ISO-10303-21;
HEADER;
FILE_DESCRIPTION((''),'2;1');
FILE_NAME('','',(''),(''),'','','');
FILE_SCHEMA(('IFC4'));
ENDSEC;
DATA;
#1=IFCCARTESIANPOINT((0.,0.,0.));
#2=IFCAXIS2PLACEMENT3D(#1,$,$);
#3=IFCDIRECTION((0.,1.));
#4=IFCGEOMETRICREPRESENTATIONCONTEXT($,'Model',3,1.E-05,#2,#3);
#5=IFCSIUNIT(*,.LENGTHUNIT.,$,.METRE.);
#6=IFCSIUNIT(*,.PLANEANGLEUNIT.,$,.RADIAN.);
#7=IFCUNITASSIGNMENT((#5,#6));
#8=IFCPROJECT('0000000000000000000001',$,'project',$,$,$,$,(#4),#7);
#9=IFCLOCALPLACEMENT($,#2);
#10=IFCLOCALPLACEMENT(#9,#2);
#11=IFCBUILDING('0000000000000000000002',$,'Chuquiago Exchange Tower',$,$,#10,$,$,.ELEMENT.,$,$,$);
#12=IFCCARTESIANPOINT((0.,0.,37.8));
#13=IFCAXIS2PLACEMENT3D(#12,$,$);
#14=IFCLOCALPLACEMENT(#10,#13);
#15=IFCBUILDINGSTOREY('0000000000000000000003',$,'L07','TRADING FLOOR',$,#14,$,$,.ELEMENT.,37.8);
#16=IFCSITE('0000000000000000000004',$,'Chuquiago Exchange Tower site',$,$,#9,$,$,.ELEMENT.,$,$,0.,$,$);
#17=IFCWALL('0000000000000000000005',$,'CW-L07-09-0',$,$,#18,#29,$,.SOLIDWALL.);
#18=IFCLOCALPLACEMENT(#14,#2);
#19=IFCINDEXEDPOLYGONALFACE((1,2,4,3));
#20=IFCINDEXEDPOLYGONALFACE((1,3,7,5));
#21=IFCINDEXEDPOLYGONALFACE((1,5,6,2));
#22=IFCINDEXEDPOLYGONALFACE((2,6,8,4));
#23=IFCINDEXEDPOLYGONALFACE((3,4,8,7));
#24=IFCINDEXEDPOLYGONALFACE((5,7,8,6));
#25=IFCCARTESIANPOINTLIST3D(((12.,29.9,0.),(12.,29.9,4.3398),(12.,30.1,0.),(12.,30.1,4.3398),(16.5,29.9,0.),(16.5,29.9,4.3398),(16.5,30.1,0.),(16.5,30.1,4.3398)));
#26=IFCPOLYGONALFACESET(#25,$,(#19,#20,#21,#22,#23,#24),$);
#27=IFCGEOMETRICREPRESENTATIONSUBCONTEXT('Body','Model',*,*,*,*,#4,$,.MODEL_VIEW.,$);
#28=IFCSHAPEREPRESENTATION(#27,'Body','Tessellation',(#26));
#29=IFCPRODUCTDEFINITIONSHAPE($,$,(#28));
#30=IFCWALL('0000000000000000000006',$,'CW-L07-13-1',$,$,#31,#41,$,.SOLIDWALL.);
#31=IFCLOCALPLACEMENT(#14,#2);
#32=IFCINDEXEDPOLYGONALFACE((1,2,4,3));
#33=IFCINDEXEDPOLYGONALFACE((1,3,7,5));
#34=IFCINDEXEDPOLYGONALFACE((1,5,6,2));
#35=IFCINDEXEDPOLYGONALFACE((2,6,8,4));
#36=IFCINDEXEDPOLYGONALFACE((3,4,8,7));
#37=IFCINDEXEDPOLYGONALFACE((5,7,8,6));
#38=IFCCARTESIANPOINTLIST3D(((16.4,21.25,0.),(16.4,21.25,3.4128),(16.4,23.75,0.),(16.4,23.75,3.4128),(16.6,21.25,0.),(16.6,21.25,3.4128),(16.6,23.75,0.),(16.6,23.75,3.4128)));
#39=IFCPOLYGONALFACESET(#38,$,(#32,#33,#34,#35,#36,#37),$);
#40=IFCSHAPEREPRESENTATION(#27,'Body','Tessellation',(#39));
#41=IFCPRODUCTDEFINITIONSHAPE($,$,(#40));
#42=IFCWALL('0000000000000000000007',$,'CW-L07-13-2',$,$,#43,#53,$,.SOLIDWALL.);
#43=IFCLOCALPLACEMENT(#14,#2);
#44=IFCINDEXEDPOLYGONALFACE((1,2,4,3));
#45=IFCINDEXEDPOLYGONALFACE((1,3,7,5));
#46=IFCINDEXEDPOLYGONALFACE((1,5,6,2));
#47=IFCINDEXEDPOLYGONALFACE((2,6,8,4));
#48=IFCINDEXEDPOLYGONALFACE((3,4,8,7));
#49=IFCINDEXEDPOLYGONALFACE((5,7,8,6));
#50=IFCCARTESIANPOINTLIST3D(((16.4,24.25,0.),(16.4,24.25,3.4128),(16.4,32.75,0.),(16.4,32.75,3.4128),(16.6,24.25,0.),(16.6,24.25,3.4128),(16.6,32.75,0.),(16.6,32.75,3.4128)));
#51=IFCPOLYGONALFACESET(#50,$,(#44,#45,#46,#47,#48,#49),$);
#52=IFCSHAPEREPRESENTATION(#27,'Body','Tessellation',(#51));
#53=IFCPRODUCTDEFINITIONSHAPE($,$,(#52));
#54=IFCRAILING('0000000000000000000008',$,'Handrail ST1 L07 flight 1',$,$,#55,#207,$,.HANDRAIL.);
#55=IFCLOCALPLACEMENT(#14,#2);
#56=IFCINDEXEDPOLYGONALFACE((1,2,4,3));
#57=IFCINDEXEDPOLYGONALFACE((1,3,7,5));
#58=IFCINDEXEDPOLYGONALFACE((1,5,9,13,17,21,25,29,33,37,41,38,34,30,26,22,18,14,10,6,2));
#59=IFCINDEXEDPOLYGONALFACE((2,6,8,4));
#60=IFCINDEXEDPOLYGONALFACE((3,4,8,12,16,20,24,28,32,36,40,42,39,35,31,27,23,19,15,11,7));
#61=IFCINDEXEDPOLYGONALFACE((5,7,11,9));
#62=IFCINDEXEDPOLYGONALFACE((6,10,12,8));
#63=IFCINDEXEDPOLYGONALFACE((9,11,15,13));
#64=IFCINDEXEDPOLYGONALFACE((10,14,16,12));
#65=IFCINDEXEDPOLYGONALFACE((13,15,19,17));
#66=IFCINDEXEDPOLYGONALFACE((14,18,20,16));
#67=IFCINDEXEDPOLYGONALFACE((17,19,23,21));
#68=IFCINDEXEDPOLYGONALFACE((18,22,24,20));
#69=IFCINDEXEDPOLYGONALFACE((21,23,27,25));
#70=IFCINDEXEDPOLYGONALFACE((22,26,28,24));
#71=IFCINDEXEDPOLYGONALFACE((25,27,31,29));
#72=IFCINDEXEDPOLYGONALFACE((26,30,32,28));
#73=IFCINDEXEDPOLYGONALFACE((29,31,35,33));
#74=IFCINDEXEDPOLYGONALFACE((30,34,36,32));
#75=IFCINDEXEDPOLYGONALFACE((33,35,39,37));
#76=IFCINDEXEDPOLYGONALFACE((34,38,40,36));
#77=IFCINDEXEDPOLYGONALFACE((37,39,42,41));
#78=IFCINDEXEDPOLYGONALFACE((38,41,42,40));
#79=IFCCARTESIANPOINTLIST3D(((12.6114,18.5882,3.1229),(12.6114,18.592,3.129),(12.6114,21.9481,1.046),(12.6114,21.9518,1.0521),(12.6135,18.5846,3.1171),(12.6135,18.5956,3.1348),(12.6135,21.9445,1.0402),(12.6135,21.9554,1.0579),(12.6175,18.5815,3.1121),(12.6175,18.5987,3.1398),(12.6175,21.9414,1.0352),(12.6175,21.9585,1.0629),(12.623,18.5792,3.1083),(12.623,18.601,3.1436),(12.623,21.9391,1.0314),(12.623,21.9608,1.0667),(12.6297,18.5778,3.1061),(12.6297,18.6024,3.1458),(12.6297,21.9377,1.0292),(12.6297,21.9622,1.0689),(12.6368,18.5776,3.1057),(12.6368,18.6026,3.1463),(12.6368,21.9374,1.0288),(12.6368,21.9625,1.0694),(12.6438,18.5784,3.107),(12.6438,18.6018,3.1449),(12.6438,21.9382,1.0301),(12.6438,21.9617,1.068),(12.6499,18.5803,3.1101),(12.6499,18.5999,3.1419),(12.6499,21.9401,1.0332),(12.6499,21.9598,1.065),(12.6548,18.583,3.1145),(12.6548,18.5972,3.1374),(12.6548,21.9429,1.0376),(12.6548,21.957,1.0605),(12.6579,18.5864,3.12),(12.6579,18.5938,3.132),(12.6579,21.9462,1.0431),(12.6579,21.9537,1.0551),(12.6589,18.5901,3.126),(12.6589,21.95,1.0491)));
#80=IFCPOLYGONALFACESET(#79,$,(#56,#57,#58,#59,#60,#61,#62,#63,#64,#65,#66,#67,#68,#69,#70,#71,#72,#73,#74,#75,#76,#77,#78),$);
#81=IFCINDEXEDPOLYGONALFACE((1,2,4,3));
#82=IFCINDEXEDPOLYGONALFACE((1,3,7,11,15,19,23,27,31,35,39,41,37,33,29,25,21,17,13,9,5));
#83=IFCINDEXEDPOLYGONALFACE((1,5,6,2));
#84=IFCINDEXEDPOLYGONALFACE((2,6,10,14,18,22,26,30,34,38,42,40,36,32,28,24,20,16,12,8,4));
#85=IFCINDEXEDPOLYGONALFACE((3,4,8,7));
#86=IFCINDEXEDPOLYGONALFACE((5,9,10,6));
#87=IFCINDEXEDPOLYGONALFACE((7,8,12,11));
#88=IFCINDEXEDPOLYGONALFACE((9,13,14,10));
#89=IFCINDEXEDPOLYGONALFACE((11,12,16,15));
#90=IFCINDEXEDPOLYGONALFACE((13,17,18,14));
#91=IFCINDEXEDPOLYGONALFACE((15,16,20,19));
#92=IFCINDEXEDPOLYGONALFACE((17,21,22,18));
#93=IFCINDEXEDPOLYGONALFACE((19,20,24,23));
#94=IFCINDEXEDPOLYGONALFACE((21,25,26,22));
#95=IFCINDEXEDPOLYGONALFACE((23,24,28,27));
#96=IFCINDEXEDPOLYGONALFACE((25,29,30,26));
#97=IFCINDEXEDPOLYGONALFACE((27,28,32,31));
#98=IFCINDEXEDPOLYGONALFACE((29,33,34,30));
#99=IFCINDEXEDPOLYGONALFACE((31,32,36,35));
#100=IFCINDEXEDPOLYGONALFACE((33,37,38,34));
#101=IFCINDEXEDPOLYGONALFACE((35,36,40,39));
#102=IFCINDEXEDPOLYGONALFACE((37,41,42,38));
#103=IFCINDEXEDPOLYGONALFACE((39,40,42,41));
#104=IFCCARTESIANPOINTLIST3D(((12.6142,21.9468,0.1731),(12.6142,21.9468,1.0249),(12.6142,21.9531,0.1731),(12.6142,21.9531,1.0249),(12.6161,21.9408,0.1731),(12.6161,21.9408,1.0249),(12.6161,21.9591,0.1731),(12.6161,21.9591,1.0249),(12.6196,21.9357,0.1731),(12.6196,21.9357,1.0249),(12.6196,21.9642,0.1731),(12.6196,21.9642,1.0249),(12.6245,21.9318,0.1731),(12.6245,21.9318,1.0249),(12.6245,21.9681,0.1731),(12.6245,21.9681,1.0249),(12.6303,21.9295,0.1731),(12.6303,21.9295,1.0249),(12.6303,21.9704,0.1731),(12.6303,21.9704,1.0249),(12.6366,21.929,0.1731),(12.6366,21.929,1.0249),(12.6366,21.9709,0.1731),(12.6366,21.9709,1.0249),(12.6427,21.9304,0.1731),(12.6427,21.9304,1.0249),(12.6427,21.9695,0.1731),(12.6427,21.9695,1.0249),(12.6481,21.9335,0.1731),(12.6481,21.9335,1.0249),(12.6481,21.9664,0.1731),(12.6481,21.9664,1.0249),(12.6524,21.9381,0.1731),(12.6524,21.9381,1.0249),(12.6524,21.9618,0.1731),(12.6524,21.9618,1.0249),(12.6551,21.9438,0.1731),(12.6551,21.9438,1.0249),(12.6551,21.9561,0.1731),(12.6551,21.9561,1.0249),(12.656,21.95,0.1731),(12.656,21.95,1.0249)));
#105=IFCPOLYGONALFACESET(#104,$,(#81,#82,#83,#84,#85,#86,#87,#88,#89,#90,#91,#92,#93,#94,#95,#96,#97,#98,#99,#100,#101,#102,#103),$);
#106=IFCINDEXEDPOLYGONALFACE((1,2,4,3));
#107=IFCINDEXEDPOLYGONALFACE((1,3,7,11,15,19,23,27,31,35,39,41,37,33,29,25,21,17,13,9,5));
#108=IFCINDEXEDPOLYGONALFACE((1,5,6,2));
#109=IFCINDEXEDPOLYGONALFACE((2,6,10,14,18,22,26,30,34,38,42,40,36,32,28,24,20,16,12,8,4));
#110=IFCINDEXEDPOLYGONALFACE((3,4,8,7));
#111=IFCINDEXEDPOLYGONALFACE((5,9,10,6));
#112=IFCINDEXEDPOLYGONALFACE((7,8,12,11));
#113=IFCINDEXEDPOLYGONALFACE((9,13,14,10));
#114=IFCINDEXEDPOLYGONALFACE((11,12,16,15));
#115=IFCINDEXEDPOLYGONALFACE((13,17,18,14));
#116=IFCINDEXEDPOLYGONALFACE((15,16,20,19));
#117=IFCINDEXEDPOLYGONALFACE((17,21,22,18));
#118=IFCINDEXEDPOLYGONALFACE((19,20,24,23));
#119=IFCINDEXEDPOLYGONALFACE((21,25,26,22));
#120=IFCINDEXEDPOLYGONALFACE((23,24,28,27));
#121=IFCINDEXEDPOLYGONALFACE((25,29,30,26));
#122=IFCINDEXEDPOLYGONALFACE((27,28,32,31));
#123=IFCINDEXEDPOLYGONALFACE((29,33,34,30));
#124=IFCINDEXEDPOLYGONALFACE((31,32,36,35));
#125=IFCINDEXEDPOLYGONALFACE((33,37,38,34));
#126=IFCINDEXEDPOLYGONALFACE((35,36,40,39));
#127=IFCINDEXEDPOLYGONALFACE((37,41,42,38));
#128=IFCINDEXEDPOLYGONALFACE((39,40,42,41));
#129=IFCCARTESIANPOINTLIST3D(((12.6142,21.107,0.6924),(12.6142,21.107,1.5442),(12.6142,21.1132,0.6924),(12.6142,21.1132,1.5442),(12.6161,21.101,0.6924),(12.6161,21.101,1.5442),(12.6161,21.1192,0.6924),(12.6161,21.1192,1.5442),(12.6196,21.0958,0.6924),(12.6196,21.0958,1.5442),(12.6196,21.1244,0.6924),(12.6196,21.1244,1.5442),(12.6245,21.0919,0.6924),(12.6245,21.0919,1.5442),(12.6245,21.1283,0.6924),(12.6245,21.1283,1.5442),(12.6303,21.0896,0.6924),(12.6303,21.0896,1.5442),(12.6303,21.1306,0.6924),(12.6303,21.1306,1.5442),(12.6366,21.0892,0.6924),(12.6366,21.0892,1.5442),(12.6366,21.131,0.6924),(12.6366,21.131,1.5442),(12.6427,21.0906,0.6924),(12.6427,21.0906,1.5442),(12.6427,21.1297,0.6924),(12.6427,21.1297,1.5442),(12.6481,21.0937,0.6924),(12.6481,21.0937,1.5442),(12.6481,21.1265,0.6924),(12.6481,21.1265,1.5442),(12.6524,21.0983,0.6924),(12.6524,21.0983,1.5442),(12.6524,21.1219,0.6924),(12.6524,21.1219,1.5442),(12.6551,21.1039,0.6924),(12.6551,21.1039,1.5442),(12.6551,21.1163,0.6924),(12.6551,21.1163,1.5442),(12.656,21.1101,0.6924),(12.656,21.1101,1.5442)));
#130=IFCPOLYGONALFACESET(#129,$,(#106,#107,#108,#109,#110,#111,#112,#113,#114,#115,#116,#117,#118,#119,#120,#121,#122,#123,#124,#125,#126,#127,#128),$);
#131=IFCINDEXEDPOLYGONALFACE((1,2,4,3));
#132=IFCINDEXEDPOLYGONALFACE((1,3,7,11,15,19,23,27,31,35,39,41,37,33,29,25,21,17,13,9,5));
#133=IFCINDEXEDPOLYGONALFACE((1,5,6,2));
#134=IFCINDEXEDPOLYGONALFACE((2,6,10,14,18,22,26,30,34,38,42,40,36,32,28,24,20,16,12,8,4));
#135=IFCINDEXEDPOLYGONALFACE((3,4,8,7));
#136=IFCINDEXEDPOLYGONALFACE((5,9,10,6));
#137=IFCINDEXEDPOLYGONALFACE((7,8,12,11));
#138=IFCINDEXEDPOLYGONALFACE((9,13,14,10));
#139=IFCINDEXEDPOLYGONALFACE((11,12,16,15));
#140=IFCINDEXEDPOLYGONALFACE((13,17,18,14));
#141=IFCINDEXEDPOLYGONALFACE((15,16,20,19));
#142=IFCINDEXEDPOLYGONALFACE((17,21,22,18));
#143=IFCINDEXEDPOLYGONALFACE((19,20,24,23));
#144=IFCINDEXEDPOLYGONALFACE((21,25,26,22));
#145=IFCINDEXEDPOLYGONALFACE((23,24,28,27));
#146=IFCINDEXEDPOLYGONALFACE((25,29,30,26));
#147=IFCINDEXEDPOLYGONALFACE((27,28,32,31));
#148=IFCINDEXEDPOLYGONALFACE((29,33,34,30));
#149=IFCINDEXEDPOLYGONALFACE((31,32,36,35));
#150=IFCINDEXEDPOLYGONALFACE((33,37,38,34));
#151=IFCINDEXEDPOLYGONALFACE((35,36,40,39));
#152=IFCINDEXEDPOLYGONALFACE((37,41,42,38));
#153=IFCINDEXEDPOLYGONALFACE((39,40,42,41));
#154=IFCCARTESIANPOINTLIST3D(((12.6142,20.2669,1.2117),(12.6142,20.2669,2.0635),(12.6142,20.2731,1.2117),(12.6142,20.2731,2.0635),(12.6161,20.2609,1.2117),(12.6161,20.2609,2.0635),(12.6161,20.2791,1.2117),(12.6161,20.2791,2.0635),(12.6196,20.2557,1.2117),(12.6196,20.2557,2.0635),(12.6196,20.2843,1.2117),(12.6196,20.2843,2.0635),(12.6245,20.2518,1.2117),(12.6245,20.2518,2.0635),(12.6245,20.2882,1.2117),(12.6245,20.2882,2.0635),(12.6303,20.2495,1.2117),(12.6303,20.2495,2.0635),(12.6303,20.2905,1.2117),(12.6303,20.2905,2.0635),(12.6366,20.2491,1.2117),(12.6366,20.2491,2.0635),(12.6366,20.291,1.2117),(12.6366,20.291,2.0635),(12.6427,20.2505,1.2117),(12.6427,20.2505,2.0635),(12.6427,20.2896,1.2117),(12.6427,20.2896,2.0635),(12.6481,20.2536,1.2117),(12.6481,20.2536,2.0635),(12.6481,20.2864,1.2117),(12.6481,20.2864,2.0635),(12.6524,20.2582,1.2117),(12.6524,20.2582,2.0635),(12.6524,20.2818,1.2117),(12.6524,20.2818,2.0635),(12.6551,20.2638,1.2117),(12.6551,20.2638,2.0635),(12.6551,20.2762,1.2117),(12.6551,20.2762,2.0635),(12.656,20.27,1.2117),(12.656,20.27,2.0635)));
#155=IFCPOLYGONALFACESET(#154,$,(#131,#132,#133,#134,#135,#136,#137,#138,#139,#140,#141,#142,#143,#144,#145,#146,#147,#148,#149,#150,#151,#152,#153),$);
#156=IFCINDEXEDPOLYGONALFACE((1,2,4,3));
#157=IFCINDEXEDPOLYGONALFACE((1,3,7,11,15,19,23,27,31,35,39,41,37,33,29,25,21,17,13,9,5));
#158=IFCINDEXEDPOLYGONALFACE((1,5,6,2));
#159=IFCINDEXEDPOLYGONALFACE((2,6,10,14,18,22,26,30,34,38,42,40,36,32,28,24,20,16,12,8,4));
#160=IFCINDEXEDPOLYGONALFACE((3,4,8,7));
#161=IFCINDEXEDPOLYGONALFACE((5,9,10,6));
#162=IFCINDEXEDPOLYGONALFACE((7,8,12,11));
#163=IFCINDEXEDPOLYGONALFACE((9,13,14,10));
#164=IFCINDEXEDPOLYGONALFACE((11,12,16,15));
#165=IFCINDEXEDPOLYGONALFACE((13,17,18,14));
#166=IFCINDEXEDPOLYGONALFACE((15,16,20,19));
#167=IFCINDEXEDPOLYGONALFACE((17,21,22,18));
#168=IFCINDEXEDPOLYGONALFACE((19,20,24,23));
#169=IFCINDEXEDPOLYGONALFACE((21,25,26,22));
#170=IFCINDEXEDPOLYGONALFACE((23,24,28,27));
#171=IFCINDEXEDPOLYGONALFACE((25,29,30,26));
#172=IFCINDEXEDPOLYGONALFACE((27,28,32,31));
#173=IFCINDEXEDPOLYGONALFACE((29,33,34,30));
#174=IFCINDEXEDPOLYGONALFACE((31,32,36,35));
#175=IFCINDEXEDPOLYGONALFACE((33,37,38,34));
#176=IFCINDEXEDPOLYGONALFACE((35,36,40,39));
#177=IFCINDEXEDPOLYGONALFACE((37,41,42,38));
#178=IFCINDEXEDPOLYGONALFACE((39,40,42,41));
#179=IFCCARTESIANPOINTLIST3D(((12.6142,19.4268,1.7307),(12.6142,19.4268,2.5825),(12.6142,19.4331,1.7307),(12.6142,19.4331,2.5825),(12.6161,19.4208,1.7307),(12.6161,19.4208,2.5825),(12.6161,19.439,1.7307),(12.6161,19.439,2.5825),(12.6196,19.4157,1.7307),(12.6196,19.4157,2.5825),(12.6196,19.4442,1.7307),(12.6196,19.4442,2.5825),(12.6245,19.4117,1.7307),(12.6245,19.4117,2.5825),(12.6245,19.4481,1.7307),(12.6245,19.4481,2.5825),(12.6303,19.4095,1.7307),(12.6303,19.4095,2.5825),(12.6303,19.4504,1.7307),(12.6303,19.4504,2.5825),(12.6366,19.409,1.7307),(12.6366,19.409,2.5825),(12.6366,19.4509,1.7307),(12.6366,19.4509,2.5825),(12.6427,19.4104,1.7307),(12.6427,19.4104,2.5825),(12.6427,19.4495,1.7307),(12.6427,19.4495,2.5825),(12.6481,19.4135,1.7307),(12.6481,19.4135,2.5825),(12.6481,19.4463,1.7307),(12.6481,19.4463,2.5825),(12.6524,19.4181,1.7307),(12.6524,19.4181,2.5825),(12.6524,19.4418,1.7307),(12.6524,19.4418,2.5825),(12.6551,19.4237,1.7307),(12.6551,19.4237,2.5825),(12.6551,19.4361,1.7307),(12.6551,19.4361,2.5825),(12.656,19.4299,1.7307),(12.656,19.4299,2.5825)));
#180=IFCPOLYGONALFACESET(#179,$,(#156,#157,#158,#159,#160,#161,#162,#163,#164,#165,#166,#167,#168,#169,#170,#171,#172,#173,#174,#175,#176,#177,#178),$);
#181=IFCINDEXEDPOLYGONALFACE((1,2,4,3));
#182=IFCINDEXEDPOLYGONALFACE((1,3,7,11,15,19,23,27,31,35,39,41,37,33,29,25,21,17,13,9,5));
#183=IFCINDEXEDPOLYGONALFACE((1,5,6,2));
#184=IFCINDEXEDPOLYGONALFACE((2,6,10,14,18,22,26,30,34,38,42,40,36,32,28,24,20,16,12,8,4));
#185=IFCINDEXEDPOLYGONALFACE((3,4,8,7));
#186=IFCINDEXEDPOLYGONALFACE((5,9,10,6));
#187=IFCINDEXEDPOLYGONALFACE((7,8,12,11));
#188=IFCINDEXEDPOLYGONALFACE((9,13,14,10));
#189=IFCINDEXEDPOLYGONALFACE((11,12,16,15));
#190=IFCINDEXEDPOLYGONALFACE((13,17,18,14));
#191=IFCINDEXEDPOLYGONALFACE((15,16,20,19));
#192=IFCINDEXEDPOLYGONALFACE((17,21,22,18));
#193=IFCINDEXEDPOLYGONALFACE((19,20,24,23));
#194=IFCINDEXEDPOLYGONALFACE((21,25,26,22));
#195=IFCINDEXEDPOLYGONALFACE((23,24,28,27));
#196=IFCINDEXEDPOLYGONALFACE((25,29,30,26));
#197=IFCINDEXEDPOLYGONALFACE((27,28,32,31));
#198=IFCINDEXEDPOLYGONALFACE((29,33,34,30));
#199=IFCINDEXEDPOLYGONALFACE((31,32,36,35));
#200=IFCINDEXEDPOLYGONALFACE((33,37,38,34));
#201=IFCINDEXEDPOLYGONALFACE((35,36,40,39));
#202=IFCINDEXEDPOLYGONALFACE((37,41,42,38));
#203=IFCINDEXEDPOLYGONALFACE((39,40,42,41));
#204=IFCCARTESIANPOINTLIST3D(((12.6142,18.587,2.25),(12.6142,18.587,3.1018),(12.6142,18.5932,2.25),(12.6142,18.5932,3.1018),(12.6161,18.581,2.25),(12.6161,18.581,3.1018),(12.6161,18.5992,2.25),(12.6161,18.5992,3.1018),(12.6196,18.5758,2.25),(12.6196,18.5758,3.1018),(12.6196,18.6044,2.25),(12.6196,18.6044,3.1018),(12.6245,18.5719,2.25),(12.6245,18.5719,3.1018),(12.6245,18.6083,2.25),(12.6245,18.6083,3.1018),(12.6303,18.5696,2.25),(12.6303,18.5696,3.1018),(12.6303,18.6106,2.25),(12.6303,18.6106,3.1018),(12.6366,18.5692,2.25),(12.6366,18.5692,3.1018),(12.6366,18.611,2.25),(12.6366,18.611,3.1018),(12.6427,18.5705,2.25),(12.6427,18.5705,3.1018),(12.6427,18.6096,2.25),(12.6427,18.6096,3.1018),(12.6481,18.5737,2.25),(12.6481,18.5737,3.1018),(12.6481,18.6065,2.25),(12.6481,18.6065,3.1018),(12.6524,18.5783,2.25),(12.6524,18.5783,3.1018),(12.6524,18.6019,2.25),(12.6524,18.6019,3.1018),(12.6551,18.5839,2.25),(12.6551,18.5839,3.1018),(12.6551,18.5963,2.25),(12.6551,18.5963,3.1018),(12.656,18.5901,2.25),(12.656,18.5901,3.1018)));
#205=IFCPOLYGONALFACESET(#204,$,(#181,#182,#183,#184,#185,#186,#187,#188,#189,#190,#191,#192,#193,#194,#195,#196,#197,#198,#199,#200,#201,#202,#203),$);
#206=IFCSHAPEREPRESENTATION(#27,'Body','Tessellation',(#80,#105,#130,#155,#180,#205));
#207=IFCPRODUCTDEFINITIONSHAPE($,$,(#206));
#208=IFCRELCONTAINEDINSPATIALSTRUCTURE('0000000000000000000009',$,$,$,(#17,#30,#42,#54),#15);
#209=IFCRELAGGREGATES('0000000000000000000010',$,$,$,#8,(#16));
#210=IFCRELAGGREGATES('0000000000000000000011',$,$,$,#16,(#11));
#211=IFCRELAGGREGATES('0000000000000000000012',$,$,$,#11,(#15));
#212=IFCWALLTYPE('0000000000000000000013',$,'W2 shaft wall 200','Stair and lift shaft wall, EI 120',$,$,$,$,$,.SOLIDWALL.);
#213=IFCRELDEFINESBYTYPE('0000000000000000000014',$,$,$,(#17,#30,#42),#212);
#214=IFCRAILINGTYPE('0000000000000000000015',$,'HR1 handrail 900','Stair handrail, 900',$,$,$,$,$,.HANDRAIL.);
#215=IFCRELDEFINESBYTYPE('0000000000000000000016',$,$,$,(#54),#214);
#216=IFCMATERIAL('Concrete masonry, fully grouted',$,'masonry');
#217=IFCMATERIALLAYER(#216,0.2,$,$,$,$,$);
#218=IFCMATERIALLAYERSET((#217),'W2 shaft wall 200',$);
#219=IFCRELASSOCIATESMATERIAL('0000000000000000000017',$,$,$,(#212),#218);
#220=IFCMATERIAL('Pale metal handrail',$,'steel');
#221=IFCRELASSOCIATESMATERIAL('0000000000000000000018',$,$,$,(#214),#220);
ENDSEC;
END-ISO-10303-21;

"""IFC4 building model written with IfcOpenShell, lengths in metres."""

from ifc_helpers import new_model, si_unit, direction, frame, frame_2d, origin, origin_2d, place, context, subcontext, project, spatial, rectangle, circle, extrude, material, layer, layer_set, type_object, element, save


model = new_model("IFC4")

# Units and contexts
model_context = context("Model", 3, precision=1e-05, world=origin(), true_north=direction((0.0, 1.0)))
body_context = subcontext(model_context, "Body", "Model", "MODEL_VIEW")
ifc_project = project(units=[si_unit("LENGTHUNIT", "METRE"), si_unit("PLANEANGLEUNIT", "RADIAN")], contexts=[model_context])

# Site, building, storey
site_placement = place(None, origin())
site = spatial("IfcSite", under=ifc_project, at=site_placement, Name="Chuquiago Exchange Tower site", CompositionType="ELEMENT", RefElevation=0.0)
building_placement = place(site_placement, origin())
building = spatial("IfcBuilding", under=site, at=building_placement, Name="Chuquiago Exchange Tower", CompositionType="ELEMENT")
storey_placement = place(building_placement, frame((0.0, 0.0, 37.8)))
storey = spatial("IfcBuildingStorey", under=building, at=storey_placement, Name="L07", Description="TRADING FLOOR", CompositionType="ELEMENT", Elevation=37.8)

# Shared definitions
ifc_material_1 = material(Name="Concrete masonry, fully grouted", Category="masonry")
ifc_layer_1 = layer(ifc_material_1, 0.2)
ifc_layer_set_1 = layer_set([ifc_layer_1], Name="W2 shaft wall 200")
wall_type_1 = type_object("IfcWallType", Name="W2 shaft wall 200", Description="Stair and lift shaft wall, EI 120", PredefinedType="SOLIDWALL", material=ifc_layer_set_1)

# Walls
wall_1_placement = place(storey_placement, frame((12.0, 30.0, 0.0), z_axis=(0.0, 0.0, 1.0), x_axis=(1.0, 0.0, 0.0)))
element("IfcWall", 1, at=wall_1_placement, inside=storey, type_object=wall_type_1, Name="CW-L07-09-0", PredefinedType="SOLIDWALL", context=body_context, shape_type="SweptSolid", body=[
    extrude(rectangle(XDim=4.5, YDim=0.2, at=frame_2d((2.25, 0.0))), origin(), (0.0, 0.0, 1.0), 4.3398),
])
wall_2_placement = place(storey_placement, frame((16.5, 21.25, 0.0), z_axis=(0.0, 0.0, 1.0), x_axis=(0.0, 1.0, 0.0)))
element("IfcWall", 2, at=wall_2_placement, inside=storey, type_object=wall_type_1, Name="CW-L07-13-1", PredefinedType="SOLIDWALL", context=body_context, shape_type="SweptSolid", body=[
    extrude(rectangle(XDim=2.5, YDim=0.2, at=frame_2d((1.25, 0.0))), origin(), (0.0, 0.0, 1.0), 3.4128),
])
wall_3_placement = place(storey_placement, frame((16.5, 24.25, 0.0), z_axis=(0.0, 0.0, 1.0), x_axis=(0.0, 1.0, 0.0)))
element("IfcWall", 3, at=wall_3_placement, inside=storey, type_object=wall_type_1, Name="CW-L07-13-2", PredefinedType="SOLIDWALL", context=body_context, shape_type="SweptSolid", body=[
    extrude(rectangle(XDim=8.5, YDim=0.2, at=frame_2d((4.25, 0.0))), origin(), (0.0, 0.0, 1.0), 3.4128),
])

# Railing
ifc_material_2 = material(Name="Pale metal handrail", Category="steel")
railing_type = type_object("IfcRailingType", Name="HR1 handrail 900", Description="Stair handrail, 900", PredefinedType="HANDRAIL", material=ifc_material_2)
for number, where, name in (
    (4, (12.635, 21.95, 0.1731), "Handrail ST1 L07 flight 1"),
):
    element("IfcRailing", number, at=place(storey_placement, frame(where)), inside=storey, type_object=railing_type, Name=name, PredefinedType="HANDRAIL", context=body_context, shape_type="SweptSolid", body=[
        extrude(circle(Radius=0.0239, at=origin_2d()), frame((0.0, 0.0, 0.876), z_axis=(0.0, -0.850606, 0.525803), x_axis=(1.0, 0.0, 0.0)), (0.0, 0.0, 1.0), 3.95),
        extrude(circle(Radius=0.021, at=origin_2d()), origin(), (0.0, 0.0, 1.0), 0.8518),
        extrude(circle(Radius=0.021, at=origin_2d()), frame((0.0, -0.8398, 0.5193)), (0.0, 0.0, 1.0), 0.8518),
        extrude(circle(Radius=0.021, at=origin_2d()), frame((0.0, -1.6799, 1.0386)), (0.0, 0.0, 1.0), 0.8518),
        extrude(circle(Radius=0.021, at=origin_2d()), frame((0.0, -2.52, 1.5576)), (0.0, 0.0, 1.0), 0.8518),
        extrude(circle(Radius=0.021, at=origin_2d()), frame((0.0, -3.3599, 2.0769)), (0.0, 0.0, 1.0), 0.8518),
    ])

save(model, "model.ifc")
